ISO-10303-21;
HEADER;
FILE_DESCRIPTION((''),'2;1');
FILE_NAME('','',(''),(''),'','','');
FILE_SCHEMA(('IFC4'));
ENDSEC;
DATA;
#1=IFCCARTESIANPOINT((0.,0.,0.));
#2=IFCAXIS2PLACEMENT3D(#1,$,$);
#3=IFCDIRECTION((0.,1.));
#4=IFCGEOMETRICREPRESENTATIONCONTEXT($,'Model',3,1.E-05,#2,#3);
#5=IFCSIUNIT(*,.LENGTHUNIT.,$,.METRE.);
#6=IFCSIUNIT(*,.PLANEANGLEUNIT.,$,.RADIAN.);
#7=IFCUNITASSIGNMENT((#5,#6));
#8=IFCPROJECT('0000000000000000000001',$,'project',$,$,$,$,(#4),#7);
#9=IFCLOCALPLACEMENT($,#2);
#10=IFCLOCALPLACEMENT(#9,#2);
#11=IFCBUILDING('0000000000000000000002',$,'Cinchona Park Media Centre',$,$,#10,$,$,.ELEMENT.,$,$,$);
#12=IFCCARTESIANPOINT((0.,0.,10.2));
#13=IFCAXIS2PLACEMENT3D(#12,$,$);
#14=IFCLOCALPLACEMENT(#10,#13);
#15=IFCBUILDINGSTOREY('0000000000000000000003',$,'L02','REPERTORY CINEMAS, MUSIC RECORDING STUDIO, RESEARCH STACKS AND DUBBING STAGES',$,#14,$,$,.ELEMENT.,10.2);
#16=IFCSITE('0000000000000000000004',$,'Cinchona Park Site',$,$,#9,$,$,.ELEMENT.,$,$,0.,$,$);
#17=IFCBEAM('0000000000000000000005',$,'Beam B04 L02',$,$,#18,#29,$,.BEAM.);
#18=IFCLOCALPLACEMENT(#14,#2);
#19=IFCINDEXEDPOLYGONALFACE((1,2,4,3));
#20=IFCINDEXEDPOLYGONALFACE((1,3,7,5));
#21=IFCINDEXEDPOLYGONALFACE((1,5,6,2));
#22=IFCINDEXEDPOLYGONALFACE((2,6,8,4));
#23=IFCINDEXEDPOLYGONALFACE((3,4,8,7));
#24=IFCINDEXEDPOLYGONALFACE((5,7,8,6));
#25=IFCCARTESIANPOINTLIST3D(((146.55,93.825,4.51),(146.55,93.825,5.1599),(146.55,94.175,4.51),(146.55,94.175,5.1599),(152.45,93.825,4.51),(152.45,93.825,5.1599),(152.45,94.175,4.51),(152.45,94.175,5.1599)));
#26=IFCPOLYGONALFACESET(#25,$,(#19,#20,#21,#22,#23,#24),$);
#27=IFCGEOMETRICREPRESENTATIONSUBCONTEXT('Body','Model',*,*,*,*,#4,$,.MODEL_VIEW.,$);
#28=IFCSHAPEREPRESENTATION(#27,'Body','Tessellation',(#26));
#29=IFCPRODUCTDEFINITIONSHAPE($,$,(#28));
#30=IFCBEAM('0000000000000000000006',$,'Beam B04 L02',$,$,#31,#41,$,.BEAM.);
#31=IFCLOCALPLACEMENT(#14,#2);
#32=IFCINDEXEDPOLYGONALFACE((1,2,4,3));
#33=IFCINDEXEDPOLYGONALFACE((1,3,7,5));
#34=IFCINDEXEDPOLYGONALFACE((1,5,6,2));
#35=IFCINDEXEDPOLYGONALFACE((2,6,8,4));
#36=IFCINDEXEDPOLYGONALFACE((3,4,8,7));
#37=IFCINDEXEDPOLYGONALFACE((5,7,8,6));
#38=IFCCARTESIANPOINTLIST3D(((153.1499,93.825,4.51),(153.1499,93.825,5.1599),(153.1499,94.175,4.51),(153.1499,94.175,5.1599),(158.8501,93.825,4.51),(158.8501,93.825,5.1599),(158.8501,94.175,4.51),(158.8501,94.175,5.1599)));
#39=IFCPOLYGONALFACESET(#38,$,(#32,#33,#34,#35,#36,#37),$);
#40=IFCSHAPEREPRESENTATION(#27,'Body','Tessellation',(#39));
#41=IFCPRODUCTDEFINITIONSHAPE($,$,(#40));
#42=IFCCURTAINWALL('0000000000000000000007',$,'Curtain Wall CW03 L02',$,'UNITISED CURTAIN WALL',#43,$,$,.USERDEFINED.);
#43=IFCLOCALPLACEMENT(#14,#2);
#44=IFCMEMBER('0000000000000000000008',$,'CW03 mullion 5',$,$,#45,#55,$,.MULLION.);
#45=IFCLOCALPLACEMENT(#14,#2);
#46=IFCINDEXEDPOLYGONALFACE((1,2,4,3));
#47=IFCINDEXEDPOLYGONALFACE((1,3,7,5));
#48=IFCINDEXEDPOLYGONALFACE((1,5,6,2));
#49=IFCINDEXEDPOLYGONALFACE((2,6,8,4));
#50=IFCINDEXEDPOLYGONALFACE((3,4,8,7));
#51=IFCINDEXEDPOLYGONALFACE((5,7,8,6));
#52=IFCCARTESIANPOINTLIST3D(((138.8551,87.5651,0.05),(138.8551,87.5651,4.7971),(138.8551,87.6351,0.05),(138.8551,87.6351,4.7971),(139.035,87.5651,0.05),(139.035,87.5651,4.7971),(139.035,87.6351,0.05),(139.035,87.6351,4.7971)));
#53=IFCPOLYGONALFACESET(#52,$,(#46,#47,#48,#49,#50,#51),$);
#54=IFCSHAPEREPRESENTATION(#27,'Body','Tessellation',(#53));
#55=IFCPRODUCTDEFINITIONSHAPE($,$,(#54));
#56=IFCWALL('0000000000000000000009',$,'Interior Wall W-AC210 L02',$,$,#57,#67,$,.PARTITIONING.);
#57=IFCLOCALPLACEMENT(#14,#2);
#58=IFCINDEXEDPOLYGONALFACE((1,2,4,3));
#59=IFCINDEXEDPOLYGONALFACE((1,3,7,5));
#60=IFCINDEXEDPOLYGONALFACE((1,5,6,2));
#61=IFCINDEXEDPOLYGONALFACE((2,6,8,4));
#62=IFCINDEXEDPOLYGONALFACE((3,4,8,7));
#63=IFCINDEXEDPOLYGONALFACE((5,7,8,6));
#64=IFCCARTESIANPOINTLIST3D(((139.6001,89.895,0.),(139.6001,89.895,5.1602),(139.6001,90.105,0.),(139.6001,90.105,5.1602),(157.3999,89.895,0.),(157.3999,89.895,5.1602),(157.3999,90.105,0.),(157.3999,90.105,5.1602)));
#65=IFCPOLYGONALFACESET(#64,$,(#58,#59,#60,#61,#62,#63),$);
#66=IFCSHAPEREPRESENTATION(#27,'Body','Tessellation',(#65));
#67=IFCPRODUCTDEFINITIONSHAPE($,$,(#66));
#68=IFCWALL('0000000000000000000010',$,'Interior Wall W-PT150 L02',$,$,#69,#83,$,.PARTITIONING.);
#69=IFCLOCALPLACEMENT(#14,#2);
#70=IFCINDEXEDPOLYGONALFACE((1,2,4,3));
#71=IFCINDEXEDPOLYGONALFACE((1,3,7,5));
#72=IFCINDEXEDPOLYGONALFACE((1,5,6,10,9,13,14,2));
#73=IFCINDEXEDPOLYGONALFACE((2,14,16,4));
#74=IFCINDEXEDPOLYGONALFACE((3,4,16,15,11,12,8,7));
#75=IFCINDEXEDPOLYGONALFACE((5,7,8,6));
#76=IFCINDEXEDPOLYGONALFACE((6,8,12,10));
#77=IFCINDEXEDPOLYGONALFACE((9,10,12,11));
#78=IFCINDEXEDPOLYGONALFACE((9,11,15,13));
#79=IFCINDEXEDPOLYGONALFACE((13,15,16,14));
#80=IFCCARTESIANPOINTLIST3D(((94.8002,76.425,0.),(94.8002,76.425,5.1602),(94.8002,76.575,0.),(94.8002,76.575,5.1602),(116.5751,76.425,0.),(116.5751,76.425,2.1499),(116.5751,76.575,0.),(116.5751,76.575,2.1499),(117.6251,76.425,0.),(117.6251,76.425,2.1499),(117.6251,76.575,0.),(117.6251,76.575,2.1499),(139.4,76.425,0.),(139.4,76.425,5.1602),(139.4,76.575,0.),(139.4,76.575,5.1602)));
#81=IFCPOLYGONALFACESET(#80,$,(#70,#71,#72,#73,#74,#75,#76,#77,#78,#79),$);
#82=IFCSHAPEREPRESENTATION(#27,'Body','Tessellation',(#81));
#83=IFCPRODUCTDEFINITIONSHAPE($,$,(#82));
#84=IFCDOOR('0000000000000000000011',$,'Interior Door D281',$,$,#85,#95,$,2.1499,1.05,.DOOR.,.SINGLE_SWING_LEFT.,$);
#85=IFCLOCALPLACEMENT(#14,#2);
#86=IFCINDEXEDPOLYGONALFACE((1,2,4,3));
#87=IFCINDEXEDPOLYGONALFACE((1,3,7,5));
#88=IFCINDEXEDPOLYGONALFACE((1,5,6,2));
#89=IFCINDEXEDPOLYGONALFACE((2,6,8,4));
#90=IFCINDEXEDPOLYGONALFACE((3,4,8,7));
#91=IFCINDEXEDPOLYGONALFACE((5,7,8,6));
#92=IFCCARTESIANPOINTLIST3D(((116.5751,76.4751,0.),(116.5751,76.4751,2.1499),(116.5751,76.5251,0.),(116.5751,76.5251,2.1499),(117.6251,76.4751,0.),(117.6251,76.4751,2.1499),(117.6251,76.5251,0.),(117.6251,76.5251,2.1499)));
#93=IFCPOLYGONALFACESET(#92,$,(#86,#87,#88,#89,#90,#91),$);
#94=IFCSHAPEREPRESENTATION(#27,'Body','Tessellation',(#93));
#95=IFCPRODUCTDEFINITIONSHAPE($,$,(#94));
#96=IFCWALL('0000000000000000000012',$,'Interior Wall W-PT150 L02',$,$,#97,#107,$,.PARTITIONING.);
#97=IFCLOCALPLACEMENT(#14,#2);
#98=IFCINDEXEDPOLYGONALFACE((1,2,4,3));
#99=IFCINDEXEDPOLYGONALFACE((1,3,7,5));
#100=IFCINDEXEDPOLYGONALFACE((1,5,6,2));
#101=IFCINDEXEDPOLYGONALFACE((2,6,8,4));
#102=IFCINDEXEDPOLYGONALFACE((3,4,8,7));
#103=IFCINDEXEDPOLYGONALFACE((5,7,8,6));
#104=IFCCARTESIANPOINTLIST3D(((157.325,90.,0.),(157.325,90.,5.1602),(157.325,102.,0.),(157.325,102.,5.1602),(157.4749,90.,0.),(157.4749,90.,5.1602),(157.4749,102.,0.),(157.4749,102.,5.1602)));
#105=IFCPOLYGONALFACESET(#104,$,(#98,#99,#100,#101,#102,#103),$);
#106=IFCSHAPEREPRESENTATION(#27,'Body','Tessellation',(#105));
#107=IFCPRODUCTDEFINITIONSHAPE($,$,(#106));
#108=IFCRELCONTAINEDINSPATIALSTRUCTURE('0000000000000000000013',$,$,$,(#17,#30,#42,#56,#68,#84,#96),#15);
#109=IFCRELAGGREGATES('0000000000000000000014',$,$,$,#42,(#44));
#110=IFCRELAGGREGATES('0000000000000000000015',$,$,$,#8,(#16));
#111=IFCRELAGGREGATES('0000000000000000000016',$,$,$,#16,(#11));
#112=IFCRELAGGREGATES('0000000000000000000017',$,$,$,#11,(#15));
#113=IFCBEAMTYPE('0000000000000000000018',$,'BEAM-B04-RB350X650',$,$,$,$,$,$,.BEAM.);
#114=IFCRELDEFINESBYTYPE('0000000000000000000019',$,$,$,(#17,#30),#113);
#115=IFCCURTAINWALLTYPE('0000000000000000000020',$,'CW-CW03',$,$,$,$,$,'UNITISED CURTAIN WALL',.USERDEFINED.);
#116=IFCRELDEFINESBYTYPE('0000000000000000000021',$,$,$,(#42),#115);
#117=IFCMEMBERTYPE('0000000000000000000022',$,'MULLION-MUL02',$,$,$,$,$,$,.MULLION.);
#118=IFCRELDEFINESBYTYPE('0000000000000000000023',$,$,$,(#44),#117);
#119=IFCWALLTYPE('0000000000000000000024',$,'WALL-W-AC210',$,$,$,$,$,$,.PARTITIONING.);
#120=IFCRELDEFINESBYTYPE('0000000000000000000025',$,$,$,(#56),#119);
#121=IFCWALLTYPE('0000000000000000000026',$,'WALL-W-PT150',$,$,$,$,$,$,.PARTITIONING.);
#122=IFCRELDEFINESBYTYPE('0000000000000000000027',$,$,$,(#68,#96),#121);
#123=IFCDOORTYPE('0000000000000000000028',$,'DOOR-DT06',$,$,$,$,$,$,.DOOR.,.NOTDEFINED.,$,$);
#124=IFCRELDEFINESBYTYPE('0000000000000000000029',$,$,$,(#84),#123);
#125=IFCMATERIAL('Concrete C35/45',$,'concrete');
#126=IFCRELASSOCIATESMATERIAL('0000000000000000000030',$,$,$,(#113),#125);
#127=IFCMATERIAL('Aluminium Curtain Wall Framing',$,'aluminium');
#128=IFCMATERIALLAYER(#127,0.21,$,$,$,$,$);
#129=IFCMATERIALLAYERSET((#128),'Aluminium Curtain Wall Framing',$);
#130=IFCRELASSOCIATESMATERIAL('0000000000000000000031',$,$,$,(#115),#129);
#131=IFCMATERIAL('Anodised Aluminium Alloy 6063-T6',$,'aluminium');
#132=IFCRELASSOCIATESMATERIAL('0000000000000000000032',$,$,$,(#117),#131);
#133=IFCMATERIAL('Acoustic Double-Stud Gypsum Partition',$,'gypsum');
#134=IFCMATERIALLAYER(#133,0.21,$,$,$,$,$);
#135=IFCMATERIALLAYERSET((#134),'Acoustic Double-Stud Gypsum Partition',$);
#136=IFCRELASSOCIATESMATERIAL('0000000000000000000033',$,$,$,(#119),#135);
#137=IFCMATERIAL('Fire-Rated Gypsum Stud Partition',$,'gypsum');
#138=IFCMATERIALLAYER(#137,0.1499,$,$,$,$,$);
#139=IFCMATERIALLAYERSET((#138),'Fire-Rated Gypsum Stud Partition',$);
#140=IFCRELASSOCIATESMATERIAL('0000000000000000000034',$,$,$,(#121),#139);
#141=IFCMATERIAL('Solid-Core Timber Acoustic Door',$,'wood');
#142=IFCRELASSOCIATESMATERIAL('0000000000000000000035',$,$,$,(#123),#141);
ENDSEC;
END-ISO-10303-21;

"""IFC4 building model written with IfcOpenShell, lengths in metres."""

from ifc_helpers import new_model, si_unit, direction, frame, frame_2d, origin, origin_2d, place, context, subcontext, project, spatial, rectangle, extrude, material, layer, layer_set, material_profile, profile_set, type_object, element, fill, aggregate, save


model = new_model("IFC4")

# Units and contexts
model_context = context("Model", 3, precision=1e-05, world=origin(), true_north=direction((0.0, 1.0)))
body_context = subcontext(model_context, "Body", "Model", "MODEL_VIEW")
ifc_project = project(units=[si_unit("LENGTHUNIT", "METRE"), si_unit("PLANEANGLEUNIT", "RADIAN")], contexts=[model_context])

# Site, building, storey
site_placement = place(None, origin())
site = spatial("IfcSite", under=ifc_project, at=site_placement, Name="Cinchona Park Site", CompositionType="ELEMENT", RefElevation=0.0)
building_placement = place(site_placement, origin())
building = spatial("IfcBuilding", under=site, at=building_placement, Name="Cinchona Park Media Centre", CompositionType="ELEMENT")
storey_placement = place(building_placement, frame((0.0, 0.0, 10.2)))
storey = spatial("IfcBuildingStorey", under=building, at=storey_placement, Name="L02", Description="REPERTORY CINEMAS, MUSIC RECORDING STUDIO, RESEARCH STACKS AND DUBBING STAGES", CompositionType="ELEMENT", Elevation=10.2)

# Beams
ifc_material_1 = material(Name="Concrete C35/45", Category="concrete")
ifc_material_profile_1 = material_profile(ifc_material_1, rectangle(XDim=0.3501, YDim=0.6499, at=origin_2d()), Name="RB 350X650")
ifc_profile_set_1 = profile_set([ifc_material_profile_1], Name="Concrete C35/45")
beam_type_1 = type_object("IfcBeamType", Name="BEAM-B04-RB350X650", PredefinedType="BEAM", material=ifc_profile_set_1)
beam_1_placement = place(storey_placement, frame((146.55, 94.0, 4.835), z_axis=(1.0, 0.0, 0.0), x_axis=(0.0, 1.0, 0.0)))
element("IfcBeam", 1, at=beam_1_placement, inside=storey, type_object=beam_type_1, Name="Beam B04 L02", PredefinedType="BEAM", context=body_context, shape_type="SweptSolid", body=[
    extrude(rectangle(XDim=0.3501, YDim=0.6499, at=origin_2d()), origin(), (0.0, 0.0, 1.0), 5.8999),
])
beam_2_placement = place(storey_placement, frame((153.1499, 94.0, 4.835), z_axis=(1.0, 0.0, 0.0), x_axis=(0.0, 1.0, 0.0)))
element("IfcBeam", 2, at=beam_2_placement, inside=storey, type_object=beam_type_1, Name="Beam B04 L02", PredefinedType="BEAM", context=body_context, shape_type="SweptSolid", body=[
    extrude(rectangle(XDim=0.3501, YDim=0.6499, at=origin_2d()), origin(), (0.0, 0.0, 1.0), 5.7002),
])

# Curtain wall, member
ifc_material_2 = material(Name="Aluminium Curtain Wall Framing", Category="aluminium")
ifc_layer_1 = layer(ifc_material_2, 0.21)
ifc_layer_set_1 = layer_set([ifc_layer_1], Name="Aluminium Curtain Wall Framing")
curtain_wall_type = type_object("IfcCurtainWallType", Name="CW-CW03", ElementType="UNITISED CURTAIN WALL", PredefinedType="USERDEFINED", material=ifc_layer_set_1)
curtain_wall_placement = place(storey_placement, origin())
curtain_wall = element("IfcCurtainWall", 3, at=curtain_wall_placement, inside=storey, type_object=curtain_wall_type, Name="Curtain Wall CW03 L02", ObjectType="UNITISED CURTAIN WALL", PredefinedType="USERDEFINED")
ifc_material_3 = material(Name="Anodised Aluminium Alloy 6063-T6", Category="aluminium")
ifc_material_profile_2 = material_profile(ifc_material_3, rectangle(XDim=0.0701, YDim=0.1799, at=origin_2d()), Name="MUL-70X180")
ifc_profile_set_2 = profile_set([ifc_material_profile_2], Name="Anodised Aluminium Alloy 6063-T6")
member_type = type_object("IfcMemberType", Name="MULLION-MUL02", PredefinedType="MULLION", material=ifc_profile_set_2)
member_placement = place(storey_placement, frame((138.9451, 87.6001, 0.05), z_axis=(0.0, 0.0, 1.0), x_axis=(0.0, 1.0, 0.0)))
member = element("IfcMember", 4, at=member_placement, type_object=member_type, Name="CW03 mullion 5", PredefinedType="MULLION", context=body_context, shape_type="SweptSolid", body=[
    extrude(rectangle(XDim=0.0701, YDim=0.1799, at=origin_2d()), origin(), (0.0, 0.0, 1.0), 4.7471),
])
aggregate(curtain_wall, [member])

# Wall
ifc_material_4 = material(Name="Acoustic Double-Stud Gypsum Partition", Category="gypsum")
ifc_layer_2 = layer(ifc_material_4, 0.21)
ifc_layer_set_2 = layer_set([ifc_layer_2], Name="Acoustic Double-Stud Gypsum Partition")
wall_type_1 = type_object("IfcWallType", Name="WALL-W-AC210", PredefinedType="PARTITIONING", material=ifc_layer_set_2)
wall_1_placement = place(storey_placement, frame((139.6001, 90.0, 0.0), z_axis=(0.0, 0.0, 1.0), x_axis=(1.0, 0.0, 0.0)))
element("IfcWall", 5, at=wall_1_placement, inside=storey, type_object=wall_type_1, Name="Interior Wall W-AC210 L02", PredefinedType="PARTITIONING", context=body_context, shape_type="SweptSolid", body=[
    extrude(rectangle(XDim=17.7998, YDim=0.21, at=frame_2d((8.8999, 0.0))), origin(), (0.0, 0.0, 1.0), 5.1602),
])

# Wall, opening, door
ifc_material_5 = material(Name="Fire-Rated Gypsum Stud Partition", Category="gypsum")
ifc_layer_3 = layer(ifc_material_5, 0.1499)
ifc_layer_set_3 = layer_set([ifc_layer_3], Name="Fire-Rated Gypsum Stud Partition")
wall_type_2 = type_object("IfcWallType", Name="WALL-W-PT150", PredefinedType="PARTITIONING", material=ifc_layer_set_3)
wall_2_placement = place(storey_placement, frame((139.3999, 76.5, 0.0), z_axis=(0.0, 0.0, 1.0), x_axis=(-1.0, 0.0, 0.0)))
wall_2 = element("IfcWall", 6, at=wall_2_placement, inside=storey, type_object=wall_type_2, Name="Interior Wall W-PT150 L02", PredefinedType="PARTITIONING", context=body_context, shape_type="SweptSolid", body=[
    extrude(rectangle(XDim=44.5999, YDim=0.1499, at=frame_2d((22.2998, 0.0))), origin(), (0.0, 0.0, 1.0), 5.1602),
])
opening_placement = place(wall_2_placement, frame((21.7749, 0.0, 0.0)))
opening = element("IfcOpeningElement", 7, at=opening_placement, cuts=wall_2, PredefinedType="OPENING", context=body_context, shape_type="SweptSolid", body=[
    extrude(rectangle(XDim=1.05, YDim=2.1499, at=frame_2d((0.5249, 1.075))), frame((0.0, 0.085, 0.0), z_axis=(0.0, -1.0, 0.0), x_axis=(1.0, 0.0, 0.0)), (0.0, 0.0, 1.0), 0.1699),
])
ifc_material_6 = material(Name="Solid-Core Timber Acoustic Door", Category="wood")
door_type = type_object("IfcDoorType", Name="DOOR-DT06", OperationType="NOTDEFINED", PredefinedType="DOOR", material=ifc_material_6)
door_placement = place(opening_placement, origin())
door = element("IfcDoor", 8, at=door_placement, inside=storey, type_object=door_type, Name="Interior Door D281", OperationType="SINGLE_SWING_LEFT", OverallHeight=2.1499, OverallWidth=1.05, PredefinedType="DOOR", context=body_context, shape_type="SweptSolid", body=[
    extrude(rectangle(XDim=1.05, YDim=2.1499, at=frame_2d((0.5249, 1.075))), frame((0.0, 0.0249, 0.0), z_axis=(0.0, -1.0, 0.0), x_axis=(1.0, 0.0, 0.0)), (0.0, 0.0, 1.0), 0.05),
])
fill(opening, door)

# Wall
wall_3_placement = place(storey_placement, frame((157.3999, 90.0, 0.0), z_axis=(0.0, 0.0, 1.0), x_axis=(0.0, 1.0, 0.0)))
element("IfcWall", 9, at=wall_3_placement, inside=storey, type_object=wall_type_2, Name="Interior Wall W-PT150 L02", PredefinedType="PARTITIONING", context=body_context, shape_type="SweptSolid", body=[
    extrude(rectangle(XDim=12.0, YDim=0.1499, at=frame_2d((6.0, 0.0))), origin(), (0.0, 0.0, 1.0), 5.1602),
])

save(model, "model.ifc")
